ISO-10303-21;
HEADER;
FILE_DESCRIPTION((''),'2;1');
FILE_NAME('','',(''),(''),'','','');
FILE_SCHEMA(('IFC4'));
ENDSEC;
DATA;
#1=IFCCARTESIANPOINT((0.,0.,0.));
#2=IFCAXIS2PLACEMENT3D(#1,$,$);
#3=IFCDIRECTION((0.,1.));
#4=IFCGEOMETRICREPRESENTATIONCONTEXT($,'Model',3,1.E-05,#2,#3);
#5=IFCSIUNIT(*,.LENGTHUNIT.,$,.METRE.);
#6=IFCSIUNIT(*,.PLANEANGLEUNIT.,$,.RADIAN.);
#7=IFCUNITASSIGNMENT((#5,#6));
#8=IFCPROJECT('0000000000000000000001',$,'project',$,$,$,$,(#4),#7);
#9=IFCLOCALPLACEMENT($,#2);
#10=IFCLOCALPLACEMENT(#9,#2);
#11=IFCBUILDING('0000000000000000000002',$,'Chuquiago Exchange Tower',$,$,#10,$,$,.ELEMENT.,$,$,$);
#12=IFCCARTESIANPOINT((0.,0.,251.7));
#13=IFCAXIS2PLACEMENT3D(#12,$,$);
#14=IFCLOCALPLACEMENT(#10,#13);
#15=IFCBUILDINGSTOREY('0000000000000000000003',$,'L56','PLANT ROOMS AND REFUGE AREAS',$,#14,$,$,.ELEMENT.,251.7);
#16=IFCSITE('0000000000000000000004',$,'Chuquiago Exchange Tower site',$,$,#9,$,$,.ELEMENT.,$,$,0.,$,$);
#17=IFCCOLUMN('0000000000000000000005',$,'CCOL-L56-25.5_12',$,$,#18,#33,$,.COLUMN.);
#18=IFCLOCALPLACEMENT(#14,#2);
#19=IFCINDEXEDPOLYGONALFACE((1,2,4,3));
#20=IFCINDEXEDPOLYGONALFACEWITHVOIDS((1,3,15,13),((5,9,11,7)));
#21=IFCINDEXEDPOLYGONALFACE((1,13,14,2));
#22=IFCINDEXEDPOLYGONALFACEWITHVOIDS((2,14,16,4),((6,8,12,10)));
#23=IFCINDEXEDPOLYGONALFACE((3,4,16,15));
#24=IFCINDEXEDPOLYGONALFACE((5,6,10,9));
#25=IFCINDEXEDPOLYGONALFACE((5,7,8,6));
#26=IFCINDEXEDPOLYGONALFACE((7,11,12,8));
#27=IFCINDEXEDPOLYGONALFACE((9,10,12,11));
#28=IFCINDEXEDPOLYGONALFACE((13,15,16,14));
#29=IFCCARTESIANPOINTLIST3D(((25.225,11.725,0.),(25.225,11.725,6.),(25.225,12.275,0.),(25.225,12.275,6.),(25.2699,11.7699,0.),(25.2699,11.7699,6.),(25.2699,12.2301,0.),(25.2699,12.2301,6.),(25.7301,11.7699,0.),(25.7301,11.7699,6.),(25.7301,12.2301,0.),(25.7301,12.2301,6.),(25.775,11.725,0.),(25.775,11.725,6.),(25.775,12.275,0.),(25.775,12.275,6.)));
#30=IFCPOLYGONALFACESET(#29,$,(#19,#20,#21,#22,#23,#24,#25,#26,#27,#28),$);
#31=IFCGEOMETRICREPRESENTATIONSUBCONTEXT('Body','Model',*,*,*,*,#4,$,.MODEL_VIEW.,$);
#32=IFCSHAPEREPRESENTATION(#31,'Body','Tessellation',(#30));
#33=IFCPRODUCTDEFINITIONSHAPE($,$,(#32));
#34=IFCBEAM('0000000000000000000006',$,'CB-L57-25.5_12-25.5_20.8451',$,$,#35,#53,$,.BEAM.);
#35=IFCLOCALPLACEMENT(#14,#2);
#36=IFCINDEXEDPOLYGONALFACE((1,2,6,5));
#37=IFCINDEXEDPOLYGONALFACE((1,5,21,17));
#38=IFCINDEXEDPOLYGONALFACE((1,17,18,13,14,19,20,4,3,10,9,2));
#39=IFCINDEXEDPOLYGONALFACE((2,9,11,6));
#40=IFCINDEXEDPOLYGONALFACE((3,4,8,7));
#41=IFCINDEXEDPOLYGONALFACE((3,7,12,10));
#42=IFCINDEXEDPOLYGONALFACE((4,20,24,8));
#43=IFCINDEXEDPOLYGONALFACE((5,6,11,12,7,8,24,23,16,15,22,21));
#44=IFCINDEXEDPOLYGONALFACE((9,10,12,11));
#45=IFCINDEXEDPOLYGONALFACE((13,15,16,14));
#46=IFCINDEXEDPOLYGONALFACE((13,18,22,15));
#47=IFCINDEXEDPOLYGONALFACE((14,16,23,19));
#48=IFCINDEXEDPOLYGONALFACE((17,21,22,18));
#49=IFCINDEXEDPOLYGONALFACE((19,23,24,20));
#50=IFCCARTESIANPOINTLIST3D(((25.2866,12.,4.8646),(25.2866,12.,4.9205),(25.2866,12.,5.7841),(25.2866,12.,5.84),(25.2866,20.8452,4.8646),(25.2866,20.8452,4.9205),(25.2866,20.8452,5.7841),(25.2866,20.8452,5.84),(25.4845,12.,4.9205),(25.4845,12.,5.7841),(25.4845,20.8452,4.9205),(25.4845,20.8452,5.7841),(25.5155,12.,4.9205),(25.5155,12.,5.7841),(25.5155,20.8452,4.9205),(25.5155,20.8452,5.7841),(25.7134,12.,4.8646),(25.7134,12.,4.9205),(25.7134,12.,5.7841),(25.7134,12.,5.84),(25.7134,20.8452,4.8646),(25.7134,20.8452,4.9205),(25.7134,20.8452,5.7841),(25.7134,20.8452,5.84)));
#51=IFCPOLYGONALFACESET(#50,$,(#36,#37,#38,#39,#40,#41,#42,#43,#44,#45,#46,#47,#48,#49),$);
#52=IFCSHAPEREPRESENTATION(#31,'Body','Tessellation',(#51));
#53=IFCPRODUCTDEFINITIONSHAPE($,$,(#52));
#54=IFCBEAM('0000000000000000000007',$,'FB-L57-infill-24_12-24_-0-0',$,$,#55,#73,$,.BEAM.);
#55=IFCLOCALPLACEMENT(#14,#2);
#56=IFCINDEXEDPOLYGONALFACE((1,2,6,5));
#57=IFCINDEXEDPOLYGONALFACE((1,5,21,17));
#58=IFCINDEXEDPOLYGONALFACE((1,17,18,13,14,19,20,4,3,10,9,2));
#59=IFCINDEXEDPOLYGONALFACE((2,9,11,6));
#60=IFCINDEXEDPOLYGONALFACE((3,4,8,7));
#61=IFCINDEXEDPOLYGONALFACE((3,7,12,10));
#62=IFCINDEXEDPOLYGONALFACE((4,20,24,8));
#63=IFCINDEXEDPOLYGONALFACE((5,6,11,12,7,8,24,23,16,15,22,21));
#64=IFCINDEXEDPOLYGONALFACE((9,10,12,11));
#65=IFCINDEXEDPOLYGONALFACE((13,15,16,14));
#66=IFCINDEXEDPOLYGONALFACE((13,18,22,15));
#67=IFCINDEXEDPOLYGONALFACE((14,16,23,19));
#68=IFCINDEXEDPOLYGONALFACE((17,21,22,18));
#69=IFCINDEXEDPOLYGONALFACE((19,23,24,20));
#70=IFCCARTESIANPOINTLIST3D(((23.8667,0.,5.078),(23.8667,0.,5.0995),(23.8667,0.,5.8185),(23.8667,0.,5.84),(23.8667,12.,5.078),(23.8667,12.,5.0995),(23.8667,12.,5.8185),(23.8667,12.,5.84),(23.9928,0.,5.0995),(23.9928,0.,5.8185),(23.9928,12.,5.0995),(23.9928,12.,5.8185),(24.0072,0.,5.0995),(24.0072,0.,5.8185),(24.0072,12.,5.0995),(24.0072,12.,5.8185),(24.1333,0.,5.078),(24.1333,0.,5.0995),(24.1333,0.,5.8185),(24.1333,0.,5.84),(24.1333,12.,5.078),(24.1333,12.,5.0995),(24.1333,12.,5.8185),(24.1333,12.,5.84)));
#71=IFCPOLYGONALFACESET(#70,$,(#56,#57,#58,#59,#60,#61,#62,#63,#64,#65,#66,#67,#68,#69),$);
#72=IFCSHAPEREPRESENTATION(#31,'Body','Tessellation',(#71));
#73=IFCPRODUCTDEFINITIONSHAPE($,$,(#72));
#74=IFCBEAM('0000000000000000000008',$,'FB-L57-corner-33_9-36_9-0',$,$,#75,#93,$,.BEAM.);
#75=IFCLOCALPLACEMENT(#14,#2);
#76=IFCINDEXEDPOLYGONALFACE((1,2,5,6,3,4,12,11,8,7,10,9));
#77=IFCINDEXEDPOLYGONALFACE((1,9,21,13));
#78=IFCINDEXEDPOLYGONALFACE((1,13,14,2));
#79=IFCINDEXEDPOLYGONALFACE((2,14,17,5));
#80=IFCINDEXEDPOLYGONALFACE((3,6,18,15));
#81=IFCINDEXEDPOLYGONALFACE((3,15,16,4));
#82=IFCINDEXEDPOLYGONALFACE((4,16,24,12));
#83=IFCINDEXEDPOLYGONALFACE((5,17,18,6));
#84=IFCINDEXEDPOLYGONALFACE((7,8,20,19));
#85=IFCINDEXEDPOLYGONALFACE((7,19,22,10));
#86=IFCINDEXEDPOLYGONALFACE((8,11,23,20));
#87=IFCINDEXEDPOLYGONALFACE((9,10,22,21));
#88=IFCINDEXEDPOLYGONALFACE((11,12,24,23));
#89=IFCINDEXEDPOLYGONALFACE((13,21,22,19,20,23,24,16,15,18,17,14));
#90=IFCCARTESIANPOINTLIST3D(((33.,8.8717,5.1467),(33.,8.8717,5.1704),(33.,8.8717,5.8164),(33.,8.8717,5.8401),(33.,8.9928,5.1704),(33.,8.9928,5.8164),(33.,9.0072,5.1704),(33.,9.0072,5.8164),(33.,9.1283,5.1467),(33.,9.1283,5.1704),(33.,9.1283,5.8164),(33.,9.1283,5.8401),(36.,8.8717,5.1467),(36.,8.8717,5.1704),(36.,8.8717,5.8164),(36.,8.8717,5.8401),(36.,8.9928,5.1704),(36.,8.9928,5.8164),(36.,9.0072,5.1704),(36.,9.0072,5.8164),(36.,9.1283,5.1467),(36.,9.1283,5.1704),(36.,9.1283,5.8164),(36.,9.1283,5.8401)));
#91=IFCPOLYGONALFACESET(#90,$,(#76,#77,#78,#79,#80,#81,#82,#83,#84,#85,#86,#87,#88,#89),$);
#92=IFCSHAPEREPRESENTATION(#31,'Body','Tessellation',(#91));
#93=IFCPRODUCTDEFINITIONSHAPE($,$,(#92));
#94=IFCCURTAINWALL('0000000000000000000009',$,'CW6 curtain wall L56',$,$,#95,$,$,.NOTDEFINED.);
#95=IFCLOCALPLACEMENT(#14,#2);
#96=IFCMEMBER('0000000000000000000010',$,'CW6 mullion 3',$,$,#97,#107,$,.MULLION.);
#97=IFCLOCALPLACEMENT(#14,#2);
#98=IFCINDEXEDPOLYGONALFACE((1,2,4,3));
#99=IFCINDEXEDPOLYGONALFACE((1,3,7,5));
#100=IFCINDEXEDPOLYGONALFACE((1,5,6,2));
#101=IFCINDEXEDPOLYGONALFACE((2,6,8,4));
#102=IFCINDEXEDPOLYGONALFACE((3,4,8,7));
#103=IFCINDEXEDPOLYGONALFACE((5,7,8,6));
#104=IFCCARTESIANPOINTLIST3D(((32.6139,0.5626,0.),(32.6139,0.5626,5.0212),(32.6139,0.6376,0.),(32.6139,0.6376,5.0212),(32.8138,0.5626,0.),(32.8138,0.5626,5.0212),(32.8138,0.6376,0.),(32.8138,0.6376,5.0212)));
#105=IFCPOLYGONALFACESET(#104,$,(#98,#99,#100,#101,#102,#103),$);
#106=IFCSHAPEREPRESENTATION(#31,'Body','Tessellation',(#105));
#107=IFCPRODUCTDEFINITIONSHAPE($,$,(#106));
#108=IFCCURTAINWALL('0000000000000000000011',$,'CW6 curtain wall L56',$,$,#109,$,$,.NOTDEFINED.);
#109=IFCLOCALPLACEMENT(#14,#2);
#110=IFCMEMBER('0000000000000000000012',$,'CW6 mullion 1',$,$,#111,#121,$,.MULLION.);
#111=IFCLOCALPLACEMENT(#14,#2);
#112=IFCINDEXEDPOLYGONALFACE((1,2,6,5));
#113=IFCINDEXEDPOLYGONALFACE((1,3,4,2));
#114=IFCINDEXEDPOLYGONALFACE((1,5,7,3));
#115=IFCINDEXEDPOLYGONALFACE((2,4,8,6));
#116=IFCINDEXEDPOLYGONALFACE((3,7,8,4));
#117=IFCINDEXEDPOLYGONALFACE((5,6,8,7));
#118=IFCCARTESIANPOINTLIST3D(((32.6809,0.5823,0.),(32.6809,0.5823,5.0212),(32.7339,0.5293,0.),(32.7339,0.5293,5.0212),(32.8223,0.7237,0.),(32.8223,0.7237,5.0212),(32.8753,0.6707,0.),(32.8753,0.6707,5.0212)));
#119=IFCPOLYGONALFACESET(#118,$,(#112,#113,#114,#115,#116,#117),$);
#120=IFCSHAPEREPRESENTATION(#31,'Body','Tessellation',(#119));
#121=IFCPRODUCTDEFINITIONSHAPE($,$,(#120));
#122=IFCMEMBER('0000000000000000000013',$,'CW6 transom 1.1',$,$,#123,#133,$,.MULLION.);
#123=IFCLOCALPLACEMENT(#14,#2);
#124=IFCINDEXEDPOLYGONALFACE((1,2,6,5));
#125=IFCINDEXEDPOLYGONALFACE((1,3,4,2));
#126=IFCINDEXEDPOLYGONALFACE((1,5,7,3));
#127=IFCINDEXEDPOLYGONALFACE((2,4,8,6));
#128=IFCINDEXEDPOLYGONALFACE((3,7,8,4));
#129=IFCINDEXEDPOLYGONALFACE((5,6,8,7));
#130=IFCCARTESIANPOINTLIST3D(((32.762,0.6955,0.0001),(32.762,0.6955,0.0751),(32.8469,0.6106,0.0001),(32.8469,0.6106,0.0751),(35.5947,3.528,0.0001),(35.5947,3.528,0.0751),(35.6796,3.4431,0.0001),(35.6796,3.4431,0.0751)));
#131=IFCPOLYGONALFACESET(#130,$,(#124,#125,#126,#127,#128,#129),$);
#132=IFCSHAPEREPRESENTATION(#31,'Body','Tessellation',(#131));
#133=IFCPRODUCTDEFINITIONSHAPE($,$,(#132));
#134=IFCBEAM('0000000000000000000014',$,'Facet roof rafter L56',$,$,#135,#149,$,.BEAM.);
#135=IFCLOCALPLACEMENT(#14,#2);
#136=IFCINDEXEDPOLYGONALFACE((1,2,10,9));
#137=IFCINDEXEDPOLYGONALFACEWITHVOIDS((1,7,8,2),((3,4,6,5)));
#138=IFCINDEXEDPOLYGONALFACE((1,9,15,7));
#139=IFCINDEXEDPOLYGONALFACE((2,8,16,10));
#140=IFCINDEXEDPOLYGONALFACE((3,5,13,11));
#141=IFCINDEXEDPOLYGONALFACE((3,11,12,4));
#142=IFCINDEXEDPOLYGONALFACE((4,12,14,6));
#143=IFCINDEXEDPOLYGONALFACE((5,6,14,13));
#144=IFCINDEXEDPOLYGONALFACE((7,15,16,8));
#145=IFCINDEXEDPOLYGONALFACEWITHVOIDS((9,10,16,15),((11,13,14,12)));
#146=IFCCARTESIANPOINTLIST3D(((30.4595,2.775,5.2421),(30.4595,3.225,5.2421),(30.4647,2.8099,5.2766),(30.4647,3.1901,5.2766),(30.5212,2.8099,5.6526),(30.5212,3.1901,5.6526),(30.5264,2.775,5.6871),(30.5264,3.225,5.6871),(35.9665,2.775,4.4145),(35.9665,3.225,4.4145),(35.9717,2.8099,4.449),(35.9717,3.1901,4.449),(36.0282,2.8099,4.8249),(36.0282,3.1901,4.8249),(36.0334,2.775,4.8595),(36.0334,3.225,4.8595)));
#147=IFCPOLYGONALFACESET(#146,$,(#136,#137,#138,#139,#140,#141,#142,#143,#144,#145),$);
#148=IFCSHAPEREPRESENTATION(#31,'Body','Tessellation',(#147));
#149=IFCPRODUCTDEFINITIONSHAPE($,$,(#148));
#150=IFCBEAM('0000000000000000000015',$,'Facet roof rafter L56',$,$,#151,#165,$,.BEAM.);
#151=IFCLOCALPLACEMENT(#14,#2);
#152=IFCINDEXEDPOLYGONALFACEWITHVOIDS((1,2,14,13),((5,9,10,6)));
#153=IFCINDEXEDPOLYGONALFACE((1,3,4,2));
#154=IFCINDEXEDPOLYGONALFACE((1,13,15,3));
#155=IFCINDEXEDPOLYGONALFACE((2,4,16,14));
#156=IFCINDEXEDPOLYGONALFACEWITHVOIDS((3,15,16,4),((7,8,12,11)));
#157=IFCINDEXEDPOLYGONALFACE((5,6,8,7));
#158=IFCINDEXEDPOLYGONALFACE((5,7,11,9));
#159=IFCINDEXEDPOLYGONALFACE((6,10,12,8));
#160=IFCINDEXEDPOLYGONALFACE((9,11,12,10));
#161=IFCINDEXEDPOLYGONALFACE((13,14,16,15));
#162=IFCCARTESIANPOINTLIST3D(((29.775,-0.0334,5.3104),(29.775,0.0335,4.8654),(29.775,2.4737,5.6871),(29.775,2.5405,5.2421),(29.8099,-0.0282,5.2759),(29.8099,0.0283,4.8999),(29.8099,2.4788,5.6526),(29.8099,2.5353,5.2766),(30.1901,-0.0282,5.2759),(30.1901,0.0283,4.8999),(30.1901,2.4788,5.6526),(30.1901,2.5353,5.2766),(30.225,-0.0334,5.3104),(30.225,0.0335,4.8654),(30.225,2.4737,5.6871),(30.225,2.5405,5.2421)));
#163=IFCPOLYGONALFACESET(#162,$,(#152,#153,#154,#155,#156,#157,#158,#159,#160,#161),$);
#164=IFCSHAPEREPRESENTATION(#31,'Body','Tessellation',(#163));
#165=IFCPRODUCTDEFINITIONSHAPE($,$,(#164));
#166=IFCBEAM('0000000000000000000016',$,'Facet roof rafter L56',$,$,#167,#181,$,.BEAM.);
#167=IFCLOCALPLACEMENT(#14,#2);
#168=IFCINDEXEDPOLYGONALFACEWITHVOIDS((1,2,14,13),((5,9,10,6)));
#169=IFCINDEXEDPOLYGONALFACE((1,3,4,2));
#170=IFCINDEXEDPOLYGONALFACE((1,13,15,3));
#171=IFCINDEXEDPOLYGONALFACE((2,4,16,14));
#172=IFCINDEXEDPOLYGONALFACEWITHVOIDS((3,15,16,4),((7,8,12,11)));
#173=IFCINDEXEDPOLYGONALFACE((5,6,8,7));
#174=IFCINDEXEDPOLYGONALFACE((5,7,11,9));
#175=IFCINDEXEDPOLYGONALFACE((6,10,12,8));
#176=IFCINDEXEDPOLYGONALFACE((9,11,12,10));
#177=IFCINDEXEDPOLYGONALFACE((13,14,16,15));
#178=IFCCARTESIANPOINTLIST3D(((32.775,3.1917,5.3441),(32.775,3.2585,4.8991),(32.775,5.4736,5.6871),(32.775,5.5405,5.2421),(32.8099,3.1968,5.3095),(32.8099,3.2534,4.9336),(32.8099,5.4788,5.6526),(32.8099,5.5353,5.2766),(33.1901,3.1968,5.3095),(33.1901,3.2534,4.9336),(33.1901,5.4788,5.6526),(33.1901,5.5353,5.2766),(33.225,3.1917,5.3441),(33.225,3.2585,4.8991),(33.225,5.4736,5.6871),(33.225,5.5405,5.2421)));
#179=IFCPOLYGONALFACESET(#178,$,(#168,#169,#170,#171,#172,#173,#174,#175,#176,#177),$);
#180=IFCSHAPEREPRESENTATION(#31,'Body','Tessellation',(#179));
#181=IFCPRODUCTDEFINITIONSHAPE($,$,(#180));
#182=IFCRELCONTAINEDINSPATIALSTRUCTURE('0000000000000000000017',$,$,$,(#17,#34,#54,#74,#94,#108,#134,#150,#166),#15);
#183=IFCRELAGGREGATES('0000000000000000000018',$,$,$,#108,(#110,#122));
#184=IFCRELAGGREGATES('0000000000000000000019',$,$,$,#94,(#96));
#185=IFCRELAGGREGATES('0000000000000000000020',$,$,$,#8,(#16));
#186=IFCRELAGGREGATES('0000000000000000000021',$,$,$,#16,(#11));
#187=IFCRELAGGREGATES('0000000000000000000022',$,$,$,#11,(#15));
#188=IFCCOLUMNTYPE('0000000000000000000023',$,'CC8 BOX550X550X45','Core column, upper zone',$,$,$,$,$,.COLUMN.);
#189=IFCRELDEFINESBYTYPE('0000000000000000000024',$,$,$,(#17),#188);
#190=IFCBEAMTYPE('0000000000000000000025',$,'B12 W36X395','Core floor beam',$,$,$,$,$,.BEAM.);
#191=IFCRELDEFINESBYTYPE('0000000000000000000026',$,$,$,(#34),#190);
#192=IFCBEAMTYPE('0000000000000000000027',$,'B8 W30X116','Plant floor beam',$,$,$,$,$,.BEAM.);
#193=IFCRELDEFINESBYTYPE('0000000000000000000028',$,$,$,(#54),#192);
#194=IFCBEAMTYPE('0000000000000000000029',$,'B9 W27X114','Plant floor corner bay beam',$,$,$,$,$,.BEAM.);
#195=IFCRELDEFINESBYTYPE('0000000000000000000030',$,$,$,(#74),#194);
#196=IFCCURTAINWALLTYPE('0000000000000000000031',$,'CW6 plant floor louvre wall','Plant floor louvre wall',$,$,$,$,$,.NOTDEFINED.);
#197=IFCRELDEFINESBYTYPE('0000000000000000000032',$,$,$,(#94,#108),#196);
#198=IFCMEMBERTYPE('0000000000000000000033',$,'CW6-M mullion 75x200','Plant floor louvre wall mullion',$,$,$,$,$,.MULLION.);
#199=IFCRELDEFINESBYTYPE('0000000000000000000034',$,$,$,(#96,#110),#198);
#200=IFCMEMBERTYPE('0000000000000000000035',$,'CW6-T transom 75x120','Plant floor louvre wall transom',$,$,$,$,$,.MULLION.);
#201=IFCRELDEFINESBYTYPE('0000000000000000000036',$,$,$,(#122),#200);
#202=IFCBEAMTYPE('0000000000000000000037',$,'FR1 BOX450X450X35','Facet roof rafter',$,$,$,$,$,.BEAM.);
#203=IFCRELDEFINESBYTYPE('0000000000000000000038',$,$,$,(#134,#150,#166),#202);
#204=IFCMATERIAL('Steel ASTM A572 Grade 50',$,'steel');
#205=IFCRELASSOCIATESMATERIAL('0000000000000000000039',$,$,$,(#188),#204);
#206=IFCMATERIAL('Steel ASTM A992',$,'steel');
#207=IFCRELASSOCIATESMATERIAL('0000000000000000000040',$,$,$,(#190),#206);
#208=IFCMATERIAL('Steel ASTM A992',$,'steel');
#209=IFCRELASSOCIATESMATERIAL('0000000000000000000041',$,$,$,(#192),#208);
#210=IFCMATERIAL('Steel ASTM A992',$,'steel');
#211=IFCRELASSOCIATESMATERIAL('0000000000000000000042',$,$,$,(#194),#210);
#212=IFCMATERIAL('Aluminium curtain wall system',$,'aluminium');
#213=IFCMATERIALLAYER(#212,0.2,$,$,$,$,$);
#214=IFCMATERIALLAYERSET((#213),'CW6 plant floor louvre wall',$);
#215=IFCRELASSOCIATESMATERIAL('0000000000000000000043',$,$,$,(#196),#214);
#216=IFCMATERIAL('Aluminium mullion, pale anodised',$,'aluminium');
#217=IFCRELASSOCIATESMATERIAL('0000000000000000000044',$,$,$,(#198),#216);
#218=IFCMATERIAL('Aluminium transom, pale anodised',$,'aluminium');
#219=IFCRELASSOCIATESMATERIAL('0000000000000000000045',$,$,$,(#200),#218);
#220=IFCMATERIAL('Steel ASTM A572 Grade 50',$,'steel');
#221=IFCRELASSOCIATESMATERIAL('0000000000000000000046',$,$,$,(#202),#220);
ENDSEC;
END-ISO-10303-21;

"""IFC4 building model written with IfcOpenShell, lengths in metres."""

from ifc_helpers import new_model, si_unit, direction, frame, origin, origin_2d, place, context, subcontext, project, spatial, rectangle, hollow_rectangle, i_section, extrude, material, layer, layer_set, material_profile, profile_set, type_object, element, aggregate, save


model = new_model("IFC4")

# Units and contexts
model_context = context("Model", 3, precision=1e-05, world=origin(), true_north=direction((0.0, 1.0)))
body_context = subcontext(model_context, "Body", "Model", "MODEL_VIEW")
ifc_project = project(units=[si_unit("LENGTHUNIT", "METRE"), si_unit("PLANEANGLEUNIT", "RADIAN")], contexts=[model_context])

# Site, building, storey
site_placement = place(None, origin())
site = spatial("IfcSite", under=ifc_project, at=site_placement, Name="Chuquiago Exchange Tower site", CompositionType="ELEMENT", RefElevation=0.0)
building_placement = place(site_placement, origin())
building = spatial("IfcBuilding", under=site, at=building_placement, Name="Chuquiago Exchange Tower", CompositionType="ELEMENT")
storey_placement = place(building_placement, frame((0.0, 0.0, 251.7)))
storey = spatial("IfcBuildingStorey", under=building, at=storey_placement, Name="L56", Description="PLANT ROOMS AND REFUGE AREAS", CompositionType="ELEMENT", Elevation=251.7)

# Column
ifc_material_1 = material(Name="Steel ASTM A572 Grade 50", Category="steel")
ifc_material_profile_1 = material_profile(ifc_material_1, hollow_rectangle(XDim=0.55, YDim=0.55, WallThickness=0.0449, at=origin_2d()), Name="BOX550X550X45")
ifc_profile_set_1 = profile_set([ifc_material_profile_1], Name="Steel ASTM A572 Grade 50")
column_type = type_object("IfcColumnType", Name="CC8 BOX550X550X45", Description="Core column, upper zone", PredefinedType="COLUMN", material=ifc_profile_set_1)
column_placement = place(storey_placement, frame((25.5, 12.0, 0.0), z_axis=(0.0, 0.0, 1.0), x_axis=(1.0, 0.0, 0.0)))
element("IfcColumn", 1, at=column_placement, inside=storey, type_object=column_type, Name="CCOL-L56-25.5_12", PredefinedType="COLUMN", context=body_context, shape_type="SweptSolid", body=[
    extrude(hollow_rectangle(XDim=0.55, YDim=0.55, WallThickness=0.0449, at=origin_2d()), origin(), (0.0, 0.0, 1.0), 6.0),
])

# Beams
ifc_material_2 = material(Name="Steel ASTM A992", Category="steel")
ifc_material_profile_2 = material_profile(ifc_material_2, i_section(OverallWidth=0.4268, OverallDepth=0.9753, WebThickness=0.031, FlangeThickness=0.0559, at=origin_2d()), Name="W36X395")
ifc_profile_set_2 = profile_set([ifc_material_profile_2], Name="Steel ASTM A992")
beam_type_1 = type_object("IfcBeamType", Name="B12 W36X395", Description="Core floor beam", PredefinedType="BEAM", material=ifc_profile_set_2)
beam_1_placement = place(storey_placement, frame((25.5, 12.0, 5.3523), z_axis=(0.0, 1.0, 0.0), x_axis=(-1.0, 0.0, 0.0)))
element("IfcBeam", 2, at=beam_1_placement, inside=storey, type_object=beam_type_1, Name="CB-L57-25.5_12-25.5_20.8451", PredefinedType="BEAM", context=body_context, shape_type="SweptSolid", body=[
    extrude(i_section(OverallWidth=0.4268, OverallDepth=0.9753, WebThickness=0.031, FlangeThickness=0.0559, at=origin_2d()), origin(), (0.0, 0.0, 1.0), 8.8452),
])
ifc_material_3 = material(Name="Steel ASTM A992", Category="steel")
ifc_material_profile_3 = material_profile(ifc_material_3, i_section(OverallWidth=0.2666, OverallDepth=0.762, WebThickness=0.0144, FlangeThickness=0.0215, at=origin_2d()), Name="W30X116")
ifc_profile_set_3 = profile_set([ifc_material_profile_3], Name="Steel ASTM A992")
beam_type_2 = type_object("IfcBeamType", Name="B8 W30X116", Description="Plant floor beam", PredefinedType="BEAM", material=ifc_profile_set_3)
beam_2_placement = place(storey_placement, frame((24.0, 12.0, 5.459), z_axis=(0.0, -1.0, 0.0), x_axis=(1.0, 0.0, 0.0)))
element("IfcBeam", 3, at=beam_2_placement, inside=storey, type_object=beam_type_2, Name="FB-L57-infill-24_12-24_-0-0", PredefinedType="BEAM", context=body_context, shape_type="SweptSolid", body=[
    extrude(i_section(OverallWidth=0.2666, OverallDepth=0.762, WebThickness=0.0144, FlangeThickness=0.0215, at=origin_2d()), origin(), (0.0, 0.0, 1.0), 12.0),
])
ifc_material_4 = material(Name="Steel ASTM A992", Category="steel")
ifc_material_profile_4 = material_profile(ifc_material_4, i_section(OverallWidth=0.2566, OverallDepth=0.6934, WebThickness=0.0144, FlangeThickness=0.0237, at=origin_2d()), Name="W27X114")
ifc_profile_set_4 = profile_set([ifc_material_profile_4], Name="Steel ASTM A992")
beam_type_3 = type_object("IfcBeamType", Name="B9 W27X114", Description="Plant floor corner bay beam", PredefinedType="BEAM", material=ifc_profile_set_4)
beam_3_placement = place(storey_placement, frame((33.0, 9.0, 5.4934), z_axis=(1.0, 0.0, 0.0), x_axis=(0.0, 1.0, 0.0)))
element("IfcBeam", 4, at=beam_3_placement, inside=storey, type_object=beam_type_3, Name="FB-L57-corner-33_9-36_9-0", PredefinedType="BEAM", context=body_context, shape_type="SweptSolid", body=[
    extrude(i_section(OverallWidth=0.2566, OverallDepth=0.6934, WebThickness=0.0144, FlangeThickness=0.0237, at=origin_2d()), origin(), (0.0, 0.0, 1.0), 3.0),
])

# Curtain wall, member
ifc_material_5 = material(Name="Aluminium curtain wall system", Category="aluminium")
ifc_layer_1 = layer(ifc_material_5, 0.2)
ifc_layer_set_1 = layer_set([ifc_layer_1], Name="CW6 plant floor louvre wall")
curtain_wall_type = type_object("IfcCurtainWallType", Name="CW6 plant floor louvre wall", Description="Plant floor louvre wall", PredefinedType="NOTDEFINED", material=ifc_layer_set_1)
curtain_wall_1_placement = place(storey_placement, origin())
curtain_wall_1 = element("IfcCurtainWall", 5, at=curtain_wall_1_placement, inside=storey, type_object=curtain_wall_type, Name="CW6 curtain wall L56", PredefinedType="NOTDEFINED")
ifc_material_6 = material(Name="Aluminium mullion, pale anodised", Category="aluminium")
ifc_material_profile_5 = material_profile(ifc_material_6, rectangle(XDim=0.075, YDim=0.2, at=origin_2d()), Name="AL 75x200")
ifc_profile_set_5 = profile_set([ifc_material_profile_5], Name="Aluminium mullion, pale anodised")
member_type_1 = type_object("IfcMemberType", Name="CW6-M mullion 75x200", Description="Plant floor louvre wall mullion", PredefinedType="MULLION", material=ifc_profile_set_5)
member_1_placement = place(storey_placement, frame((32.7139, 0.6001, 0.0), z_axis=(0.0, 0.0, 1.0), x_axis=(0.0, 1.0, 0.0)))
member_1 = element("IfcMember", 6, at=member_1_placement, type_object=member_type_1, Name="CW6 mullion 3", PredefinedType="MULLION", context=body_context, shape_type="SweptSolid", body=[
    extrude(rectangle(XDim=0.075, YDim=0.2, at=origin_2d()), origin(), (0.0, 0.0, 1.0), 5.0212),
])

# Curtain wall, members
curtain_wall_2_placement = place(storey_placement, origin())
curtain_wall_2 = element("IfcCurtainWall", 7, at=curtain_wall_2_placement, inside=storey, type_object=curtain_wall_type, Name="CW6 curtain wall L56", PredefinedType="NOTDEFINED")
member_2_placement = place(storey_placement, frame((32.7781, 0.6265, 0.0), z_axis=(0.0, 0.0, 1.0), x_axis=(-0.707107, 0.707107, 0.0)))
member_2 = element("IfcMember", 8, at=member_2_placement, type_object=member_type_1, Name="CW6 mullion 1", PredefinedType="MULLION", context=body_context, shape_type="SweptSolid", body=[
    extrude(rectangle(XDim=0.075, YDim=0.2, at=origin_2d()), origin(), (0.0, 0.0, 1.0), 5.0212),
])
ifc_material_7 = material(Name="Aluminium transom, pale anodised", Category="aluminium")
ifc_material_profile_6 = material_profile(ifc_material_7, rectangle(XDim=0.1201, YDim=0.075, at=origin_2d()), Name="AL 120x75")
ifc_profile_set_6 = profile_set([ifc_material_profile_6], Name="Aluminium transom, pale anodised")
member_type_2 = type_object("IfcMemberType", Name="CW6-T transom 75x120", Description="Plant floor louvre wall transom", PredefinedType="MULLION", material=ifc_profile_set_6)
member_3_placement = place(storey_placement, frame((32.8044, 0.6531, 0.0376), z_axis=(0.707137, 0.707076, 0.0), x_axis=(-0.707076, 0.707137, 0.0)))
member_3 = element("IfcMember", 9, at=member_3_placement, type_object=member_type_2, Name="CW6 transom 1.1", PredefinedType="MULLION", context=body_context, shape_type="SweptSolid", body=[
    extrude(rectangle(XDim=0.1201, YDim=0.075, at=origin_2d()), origin(), (0.0, 0.0, 1.0), 4.0059),
])
aggregate(curtain_wall_2, [member_2, member_3])

# Beams
ifc_material_8 = material(Name="Steel ASTM A572 Grade 50", Category="steel")
ifc_material_profile_7 = material_profile(ifc_material_8, hollow_rectangle(XDim=0.45, YDim=0.45, WallThickness=0.0349, at=origin_2d()), Name="BOX450X450X35")
ifc_profile_set_7 = profile_set([ifc_material_profile_7], Name="Steel ASTM A572 Grade 50")
beam_type_4 = type_object("IfcBeamType", Name="FR1 BOX450X450X35", Description="Facet roof rafter", PredefinedType="BEAM", material=ifc_profile_set_7)
beam_4_placement = place(storey_placement, frame((30.4929, 3.0, 5.4646), z_axis=(0.988895, 0.0, -0.148617), x_axis=(0.0, 1.0, 0.0)))
element("IfcBeam", 10, at=beam_4_placement, inside=storey, type_object=beam_type_4, Name="Facet roof rafter L56", PredefinedType="BEAM", context=body_context, shape_type="SweptSolid", body=[
    extrude(hollow_rectangle(XDim=0.45, YDim=0.45, WallThickness=0.0349, at=origin_2d()), origin(), (0.0, 0.0, 1.0), 5.5688),
])
beam_5_placement = place(storey_placement, frame((30.0, 2.5071, 5.4646), z_axis=(0.0, -0.988899, -0.14859), x_axis=(1.0, 0.0, 0.0)))
element("IfcBeam", 11, at=beam_5_placement, inside=storey, type_object=beam_type_4, Name="Facet roof rafter L56", PredefinedType="BEAM", context=body_context, shape_type="SweptSolid", body=[
    extrude(hollow_rectangle(XDim=0.45, YDim=0.45, WallThickness=0.0349, at=origin_2d()), origin(), (0.0, 0.0, 1.0), 2.5352),
])
beam_6_placement = place(storey_placement, frame((33.0, 5.5071, 5.4646), z_axis=(0.0, -0.988891, -0.148646), x_axis=(1.0, 0.0, 0.0)))
element("IfcBeam", 12, at=beam_6_placement, inside=storey, type_object=beam_type_4, Name="Facet roof rafter L56", PredefinedType="BEAM", context=body_context, shape_type="SweptSolid", body=[
    extrude(hollow_rectangle(XDim=0.45, YDim=0.45, WallThickness=0.0349, at=origin_2d()), origin(), (0.0, 0.0, 1.0), 2.3076),
])

aggregate(curtain_wall_1, [member_1])

save(model, "model.ifc")
